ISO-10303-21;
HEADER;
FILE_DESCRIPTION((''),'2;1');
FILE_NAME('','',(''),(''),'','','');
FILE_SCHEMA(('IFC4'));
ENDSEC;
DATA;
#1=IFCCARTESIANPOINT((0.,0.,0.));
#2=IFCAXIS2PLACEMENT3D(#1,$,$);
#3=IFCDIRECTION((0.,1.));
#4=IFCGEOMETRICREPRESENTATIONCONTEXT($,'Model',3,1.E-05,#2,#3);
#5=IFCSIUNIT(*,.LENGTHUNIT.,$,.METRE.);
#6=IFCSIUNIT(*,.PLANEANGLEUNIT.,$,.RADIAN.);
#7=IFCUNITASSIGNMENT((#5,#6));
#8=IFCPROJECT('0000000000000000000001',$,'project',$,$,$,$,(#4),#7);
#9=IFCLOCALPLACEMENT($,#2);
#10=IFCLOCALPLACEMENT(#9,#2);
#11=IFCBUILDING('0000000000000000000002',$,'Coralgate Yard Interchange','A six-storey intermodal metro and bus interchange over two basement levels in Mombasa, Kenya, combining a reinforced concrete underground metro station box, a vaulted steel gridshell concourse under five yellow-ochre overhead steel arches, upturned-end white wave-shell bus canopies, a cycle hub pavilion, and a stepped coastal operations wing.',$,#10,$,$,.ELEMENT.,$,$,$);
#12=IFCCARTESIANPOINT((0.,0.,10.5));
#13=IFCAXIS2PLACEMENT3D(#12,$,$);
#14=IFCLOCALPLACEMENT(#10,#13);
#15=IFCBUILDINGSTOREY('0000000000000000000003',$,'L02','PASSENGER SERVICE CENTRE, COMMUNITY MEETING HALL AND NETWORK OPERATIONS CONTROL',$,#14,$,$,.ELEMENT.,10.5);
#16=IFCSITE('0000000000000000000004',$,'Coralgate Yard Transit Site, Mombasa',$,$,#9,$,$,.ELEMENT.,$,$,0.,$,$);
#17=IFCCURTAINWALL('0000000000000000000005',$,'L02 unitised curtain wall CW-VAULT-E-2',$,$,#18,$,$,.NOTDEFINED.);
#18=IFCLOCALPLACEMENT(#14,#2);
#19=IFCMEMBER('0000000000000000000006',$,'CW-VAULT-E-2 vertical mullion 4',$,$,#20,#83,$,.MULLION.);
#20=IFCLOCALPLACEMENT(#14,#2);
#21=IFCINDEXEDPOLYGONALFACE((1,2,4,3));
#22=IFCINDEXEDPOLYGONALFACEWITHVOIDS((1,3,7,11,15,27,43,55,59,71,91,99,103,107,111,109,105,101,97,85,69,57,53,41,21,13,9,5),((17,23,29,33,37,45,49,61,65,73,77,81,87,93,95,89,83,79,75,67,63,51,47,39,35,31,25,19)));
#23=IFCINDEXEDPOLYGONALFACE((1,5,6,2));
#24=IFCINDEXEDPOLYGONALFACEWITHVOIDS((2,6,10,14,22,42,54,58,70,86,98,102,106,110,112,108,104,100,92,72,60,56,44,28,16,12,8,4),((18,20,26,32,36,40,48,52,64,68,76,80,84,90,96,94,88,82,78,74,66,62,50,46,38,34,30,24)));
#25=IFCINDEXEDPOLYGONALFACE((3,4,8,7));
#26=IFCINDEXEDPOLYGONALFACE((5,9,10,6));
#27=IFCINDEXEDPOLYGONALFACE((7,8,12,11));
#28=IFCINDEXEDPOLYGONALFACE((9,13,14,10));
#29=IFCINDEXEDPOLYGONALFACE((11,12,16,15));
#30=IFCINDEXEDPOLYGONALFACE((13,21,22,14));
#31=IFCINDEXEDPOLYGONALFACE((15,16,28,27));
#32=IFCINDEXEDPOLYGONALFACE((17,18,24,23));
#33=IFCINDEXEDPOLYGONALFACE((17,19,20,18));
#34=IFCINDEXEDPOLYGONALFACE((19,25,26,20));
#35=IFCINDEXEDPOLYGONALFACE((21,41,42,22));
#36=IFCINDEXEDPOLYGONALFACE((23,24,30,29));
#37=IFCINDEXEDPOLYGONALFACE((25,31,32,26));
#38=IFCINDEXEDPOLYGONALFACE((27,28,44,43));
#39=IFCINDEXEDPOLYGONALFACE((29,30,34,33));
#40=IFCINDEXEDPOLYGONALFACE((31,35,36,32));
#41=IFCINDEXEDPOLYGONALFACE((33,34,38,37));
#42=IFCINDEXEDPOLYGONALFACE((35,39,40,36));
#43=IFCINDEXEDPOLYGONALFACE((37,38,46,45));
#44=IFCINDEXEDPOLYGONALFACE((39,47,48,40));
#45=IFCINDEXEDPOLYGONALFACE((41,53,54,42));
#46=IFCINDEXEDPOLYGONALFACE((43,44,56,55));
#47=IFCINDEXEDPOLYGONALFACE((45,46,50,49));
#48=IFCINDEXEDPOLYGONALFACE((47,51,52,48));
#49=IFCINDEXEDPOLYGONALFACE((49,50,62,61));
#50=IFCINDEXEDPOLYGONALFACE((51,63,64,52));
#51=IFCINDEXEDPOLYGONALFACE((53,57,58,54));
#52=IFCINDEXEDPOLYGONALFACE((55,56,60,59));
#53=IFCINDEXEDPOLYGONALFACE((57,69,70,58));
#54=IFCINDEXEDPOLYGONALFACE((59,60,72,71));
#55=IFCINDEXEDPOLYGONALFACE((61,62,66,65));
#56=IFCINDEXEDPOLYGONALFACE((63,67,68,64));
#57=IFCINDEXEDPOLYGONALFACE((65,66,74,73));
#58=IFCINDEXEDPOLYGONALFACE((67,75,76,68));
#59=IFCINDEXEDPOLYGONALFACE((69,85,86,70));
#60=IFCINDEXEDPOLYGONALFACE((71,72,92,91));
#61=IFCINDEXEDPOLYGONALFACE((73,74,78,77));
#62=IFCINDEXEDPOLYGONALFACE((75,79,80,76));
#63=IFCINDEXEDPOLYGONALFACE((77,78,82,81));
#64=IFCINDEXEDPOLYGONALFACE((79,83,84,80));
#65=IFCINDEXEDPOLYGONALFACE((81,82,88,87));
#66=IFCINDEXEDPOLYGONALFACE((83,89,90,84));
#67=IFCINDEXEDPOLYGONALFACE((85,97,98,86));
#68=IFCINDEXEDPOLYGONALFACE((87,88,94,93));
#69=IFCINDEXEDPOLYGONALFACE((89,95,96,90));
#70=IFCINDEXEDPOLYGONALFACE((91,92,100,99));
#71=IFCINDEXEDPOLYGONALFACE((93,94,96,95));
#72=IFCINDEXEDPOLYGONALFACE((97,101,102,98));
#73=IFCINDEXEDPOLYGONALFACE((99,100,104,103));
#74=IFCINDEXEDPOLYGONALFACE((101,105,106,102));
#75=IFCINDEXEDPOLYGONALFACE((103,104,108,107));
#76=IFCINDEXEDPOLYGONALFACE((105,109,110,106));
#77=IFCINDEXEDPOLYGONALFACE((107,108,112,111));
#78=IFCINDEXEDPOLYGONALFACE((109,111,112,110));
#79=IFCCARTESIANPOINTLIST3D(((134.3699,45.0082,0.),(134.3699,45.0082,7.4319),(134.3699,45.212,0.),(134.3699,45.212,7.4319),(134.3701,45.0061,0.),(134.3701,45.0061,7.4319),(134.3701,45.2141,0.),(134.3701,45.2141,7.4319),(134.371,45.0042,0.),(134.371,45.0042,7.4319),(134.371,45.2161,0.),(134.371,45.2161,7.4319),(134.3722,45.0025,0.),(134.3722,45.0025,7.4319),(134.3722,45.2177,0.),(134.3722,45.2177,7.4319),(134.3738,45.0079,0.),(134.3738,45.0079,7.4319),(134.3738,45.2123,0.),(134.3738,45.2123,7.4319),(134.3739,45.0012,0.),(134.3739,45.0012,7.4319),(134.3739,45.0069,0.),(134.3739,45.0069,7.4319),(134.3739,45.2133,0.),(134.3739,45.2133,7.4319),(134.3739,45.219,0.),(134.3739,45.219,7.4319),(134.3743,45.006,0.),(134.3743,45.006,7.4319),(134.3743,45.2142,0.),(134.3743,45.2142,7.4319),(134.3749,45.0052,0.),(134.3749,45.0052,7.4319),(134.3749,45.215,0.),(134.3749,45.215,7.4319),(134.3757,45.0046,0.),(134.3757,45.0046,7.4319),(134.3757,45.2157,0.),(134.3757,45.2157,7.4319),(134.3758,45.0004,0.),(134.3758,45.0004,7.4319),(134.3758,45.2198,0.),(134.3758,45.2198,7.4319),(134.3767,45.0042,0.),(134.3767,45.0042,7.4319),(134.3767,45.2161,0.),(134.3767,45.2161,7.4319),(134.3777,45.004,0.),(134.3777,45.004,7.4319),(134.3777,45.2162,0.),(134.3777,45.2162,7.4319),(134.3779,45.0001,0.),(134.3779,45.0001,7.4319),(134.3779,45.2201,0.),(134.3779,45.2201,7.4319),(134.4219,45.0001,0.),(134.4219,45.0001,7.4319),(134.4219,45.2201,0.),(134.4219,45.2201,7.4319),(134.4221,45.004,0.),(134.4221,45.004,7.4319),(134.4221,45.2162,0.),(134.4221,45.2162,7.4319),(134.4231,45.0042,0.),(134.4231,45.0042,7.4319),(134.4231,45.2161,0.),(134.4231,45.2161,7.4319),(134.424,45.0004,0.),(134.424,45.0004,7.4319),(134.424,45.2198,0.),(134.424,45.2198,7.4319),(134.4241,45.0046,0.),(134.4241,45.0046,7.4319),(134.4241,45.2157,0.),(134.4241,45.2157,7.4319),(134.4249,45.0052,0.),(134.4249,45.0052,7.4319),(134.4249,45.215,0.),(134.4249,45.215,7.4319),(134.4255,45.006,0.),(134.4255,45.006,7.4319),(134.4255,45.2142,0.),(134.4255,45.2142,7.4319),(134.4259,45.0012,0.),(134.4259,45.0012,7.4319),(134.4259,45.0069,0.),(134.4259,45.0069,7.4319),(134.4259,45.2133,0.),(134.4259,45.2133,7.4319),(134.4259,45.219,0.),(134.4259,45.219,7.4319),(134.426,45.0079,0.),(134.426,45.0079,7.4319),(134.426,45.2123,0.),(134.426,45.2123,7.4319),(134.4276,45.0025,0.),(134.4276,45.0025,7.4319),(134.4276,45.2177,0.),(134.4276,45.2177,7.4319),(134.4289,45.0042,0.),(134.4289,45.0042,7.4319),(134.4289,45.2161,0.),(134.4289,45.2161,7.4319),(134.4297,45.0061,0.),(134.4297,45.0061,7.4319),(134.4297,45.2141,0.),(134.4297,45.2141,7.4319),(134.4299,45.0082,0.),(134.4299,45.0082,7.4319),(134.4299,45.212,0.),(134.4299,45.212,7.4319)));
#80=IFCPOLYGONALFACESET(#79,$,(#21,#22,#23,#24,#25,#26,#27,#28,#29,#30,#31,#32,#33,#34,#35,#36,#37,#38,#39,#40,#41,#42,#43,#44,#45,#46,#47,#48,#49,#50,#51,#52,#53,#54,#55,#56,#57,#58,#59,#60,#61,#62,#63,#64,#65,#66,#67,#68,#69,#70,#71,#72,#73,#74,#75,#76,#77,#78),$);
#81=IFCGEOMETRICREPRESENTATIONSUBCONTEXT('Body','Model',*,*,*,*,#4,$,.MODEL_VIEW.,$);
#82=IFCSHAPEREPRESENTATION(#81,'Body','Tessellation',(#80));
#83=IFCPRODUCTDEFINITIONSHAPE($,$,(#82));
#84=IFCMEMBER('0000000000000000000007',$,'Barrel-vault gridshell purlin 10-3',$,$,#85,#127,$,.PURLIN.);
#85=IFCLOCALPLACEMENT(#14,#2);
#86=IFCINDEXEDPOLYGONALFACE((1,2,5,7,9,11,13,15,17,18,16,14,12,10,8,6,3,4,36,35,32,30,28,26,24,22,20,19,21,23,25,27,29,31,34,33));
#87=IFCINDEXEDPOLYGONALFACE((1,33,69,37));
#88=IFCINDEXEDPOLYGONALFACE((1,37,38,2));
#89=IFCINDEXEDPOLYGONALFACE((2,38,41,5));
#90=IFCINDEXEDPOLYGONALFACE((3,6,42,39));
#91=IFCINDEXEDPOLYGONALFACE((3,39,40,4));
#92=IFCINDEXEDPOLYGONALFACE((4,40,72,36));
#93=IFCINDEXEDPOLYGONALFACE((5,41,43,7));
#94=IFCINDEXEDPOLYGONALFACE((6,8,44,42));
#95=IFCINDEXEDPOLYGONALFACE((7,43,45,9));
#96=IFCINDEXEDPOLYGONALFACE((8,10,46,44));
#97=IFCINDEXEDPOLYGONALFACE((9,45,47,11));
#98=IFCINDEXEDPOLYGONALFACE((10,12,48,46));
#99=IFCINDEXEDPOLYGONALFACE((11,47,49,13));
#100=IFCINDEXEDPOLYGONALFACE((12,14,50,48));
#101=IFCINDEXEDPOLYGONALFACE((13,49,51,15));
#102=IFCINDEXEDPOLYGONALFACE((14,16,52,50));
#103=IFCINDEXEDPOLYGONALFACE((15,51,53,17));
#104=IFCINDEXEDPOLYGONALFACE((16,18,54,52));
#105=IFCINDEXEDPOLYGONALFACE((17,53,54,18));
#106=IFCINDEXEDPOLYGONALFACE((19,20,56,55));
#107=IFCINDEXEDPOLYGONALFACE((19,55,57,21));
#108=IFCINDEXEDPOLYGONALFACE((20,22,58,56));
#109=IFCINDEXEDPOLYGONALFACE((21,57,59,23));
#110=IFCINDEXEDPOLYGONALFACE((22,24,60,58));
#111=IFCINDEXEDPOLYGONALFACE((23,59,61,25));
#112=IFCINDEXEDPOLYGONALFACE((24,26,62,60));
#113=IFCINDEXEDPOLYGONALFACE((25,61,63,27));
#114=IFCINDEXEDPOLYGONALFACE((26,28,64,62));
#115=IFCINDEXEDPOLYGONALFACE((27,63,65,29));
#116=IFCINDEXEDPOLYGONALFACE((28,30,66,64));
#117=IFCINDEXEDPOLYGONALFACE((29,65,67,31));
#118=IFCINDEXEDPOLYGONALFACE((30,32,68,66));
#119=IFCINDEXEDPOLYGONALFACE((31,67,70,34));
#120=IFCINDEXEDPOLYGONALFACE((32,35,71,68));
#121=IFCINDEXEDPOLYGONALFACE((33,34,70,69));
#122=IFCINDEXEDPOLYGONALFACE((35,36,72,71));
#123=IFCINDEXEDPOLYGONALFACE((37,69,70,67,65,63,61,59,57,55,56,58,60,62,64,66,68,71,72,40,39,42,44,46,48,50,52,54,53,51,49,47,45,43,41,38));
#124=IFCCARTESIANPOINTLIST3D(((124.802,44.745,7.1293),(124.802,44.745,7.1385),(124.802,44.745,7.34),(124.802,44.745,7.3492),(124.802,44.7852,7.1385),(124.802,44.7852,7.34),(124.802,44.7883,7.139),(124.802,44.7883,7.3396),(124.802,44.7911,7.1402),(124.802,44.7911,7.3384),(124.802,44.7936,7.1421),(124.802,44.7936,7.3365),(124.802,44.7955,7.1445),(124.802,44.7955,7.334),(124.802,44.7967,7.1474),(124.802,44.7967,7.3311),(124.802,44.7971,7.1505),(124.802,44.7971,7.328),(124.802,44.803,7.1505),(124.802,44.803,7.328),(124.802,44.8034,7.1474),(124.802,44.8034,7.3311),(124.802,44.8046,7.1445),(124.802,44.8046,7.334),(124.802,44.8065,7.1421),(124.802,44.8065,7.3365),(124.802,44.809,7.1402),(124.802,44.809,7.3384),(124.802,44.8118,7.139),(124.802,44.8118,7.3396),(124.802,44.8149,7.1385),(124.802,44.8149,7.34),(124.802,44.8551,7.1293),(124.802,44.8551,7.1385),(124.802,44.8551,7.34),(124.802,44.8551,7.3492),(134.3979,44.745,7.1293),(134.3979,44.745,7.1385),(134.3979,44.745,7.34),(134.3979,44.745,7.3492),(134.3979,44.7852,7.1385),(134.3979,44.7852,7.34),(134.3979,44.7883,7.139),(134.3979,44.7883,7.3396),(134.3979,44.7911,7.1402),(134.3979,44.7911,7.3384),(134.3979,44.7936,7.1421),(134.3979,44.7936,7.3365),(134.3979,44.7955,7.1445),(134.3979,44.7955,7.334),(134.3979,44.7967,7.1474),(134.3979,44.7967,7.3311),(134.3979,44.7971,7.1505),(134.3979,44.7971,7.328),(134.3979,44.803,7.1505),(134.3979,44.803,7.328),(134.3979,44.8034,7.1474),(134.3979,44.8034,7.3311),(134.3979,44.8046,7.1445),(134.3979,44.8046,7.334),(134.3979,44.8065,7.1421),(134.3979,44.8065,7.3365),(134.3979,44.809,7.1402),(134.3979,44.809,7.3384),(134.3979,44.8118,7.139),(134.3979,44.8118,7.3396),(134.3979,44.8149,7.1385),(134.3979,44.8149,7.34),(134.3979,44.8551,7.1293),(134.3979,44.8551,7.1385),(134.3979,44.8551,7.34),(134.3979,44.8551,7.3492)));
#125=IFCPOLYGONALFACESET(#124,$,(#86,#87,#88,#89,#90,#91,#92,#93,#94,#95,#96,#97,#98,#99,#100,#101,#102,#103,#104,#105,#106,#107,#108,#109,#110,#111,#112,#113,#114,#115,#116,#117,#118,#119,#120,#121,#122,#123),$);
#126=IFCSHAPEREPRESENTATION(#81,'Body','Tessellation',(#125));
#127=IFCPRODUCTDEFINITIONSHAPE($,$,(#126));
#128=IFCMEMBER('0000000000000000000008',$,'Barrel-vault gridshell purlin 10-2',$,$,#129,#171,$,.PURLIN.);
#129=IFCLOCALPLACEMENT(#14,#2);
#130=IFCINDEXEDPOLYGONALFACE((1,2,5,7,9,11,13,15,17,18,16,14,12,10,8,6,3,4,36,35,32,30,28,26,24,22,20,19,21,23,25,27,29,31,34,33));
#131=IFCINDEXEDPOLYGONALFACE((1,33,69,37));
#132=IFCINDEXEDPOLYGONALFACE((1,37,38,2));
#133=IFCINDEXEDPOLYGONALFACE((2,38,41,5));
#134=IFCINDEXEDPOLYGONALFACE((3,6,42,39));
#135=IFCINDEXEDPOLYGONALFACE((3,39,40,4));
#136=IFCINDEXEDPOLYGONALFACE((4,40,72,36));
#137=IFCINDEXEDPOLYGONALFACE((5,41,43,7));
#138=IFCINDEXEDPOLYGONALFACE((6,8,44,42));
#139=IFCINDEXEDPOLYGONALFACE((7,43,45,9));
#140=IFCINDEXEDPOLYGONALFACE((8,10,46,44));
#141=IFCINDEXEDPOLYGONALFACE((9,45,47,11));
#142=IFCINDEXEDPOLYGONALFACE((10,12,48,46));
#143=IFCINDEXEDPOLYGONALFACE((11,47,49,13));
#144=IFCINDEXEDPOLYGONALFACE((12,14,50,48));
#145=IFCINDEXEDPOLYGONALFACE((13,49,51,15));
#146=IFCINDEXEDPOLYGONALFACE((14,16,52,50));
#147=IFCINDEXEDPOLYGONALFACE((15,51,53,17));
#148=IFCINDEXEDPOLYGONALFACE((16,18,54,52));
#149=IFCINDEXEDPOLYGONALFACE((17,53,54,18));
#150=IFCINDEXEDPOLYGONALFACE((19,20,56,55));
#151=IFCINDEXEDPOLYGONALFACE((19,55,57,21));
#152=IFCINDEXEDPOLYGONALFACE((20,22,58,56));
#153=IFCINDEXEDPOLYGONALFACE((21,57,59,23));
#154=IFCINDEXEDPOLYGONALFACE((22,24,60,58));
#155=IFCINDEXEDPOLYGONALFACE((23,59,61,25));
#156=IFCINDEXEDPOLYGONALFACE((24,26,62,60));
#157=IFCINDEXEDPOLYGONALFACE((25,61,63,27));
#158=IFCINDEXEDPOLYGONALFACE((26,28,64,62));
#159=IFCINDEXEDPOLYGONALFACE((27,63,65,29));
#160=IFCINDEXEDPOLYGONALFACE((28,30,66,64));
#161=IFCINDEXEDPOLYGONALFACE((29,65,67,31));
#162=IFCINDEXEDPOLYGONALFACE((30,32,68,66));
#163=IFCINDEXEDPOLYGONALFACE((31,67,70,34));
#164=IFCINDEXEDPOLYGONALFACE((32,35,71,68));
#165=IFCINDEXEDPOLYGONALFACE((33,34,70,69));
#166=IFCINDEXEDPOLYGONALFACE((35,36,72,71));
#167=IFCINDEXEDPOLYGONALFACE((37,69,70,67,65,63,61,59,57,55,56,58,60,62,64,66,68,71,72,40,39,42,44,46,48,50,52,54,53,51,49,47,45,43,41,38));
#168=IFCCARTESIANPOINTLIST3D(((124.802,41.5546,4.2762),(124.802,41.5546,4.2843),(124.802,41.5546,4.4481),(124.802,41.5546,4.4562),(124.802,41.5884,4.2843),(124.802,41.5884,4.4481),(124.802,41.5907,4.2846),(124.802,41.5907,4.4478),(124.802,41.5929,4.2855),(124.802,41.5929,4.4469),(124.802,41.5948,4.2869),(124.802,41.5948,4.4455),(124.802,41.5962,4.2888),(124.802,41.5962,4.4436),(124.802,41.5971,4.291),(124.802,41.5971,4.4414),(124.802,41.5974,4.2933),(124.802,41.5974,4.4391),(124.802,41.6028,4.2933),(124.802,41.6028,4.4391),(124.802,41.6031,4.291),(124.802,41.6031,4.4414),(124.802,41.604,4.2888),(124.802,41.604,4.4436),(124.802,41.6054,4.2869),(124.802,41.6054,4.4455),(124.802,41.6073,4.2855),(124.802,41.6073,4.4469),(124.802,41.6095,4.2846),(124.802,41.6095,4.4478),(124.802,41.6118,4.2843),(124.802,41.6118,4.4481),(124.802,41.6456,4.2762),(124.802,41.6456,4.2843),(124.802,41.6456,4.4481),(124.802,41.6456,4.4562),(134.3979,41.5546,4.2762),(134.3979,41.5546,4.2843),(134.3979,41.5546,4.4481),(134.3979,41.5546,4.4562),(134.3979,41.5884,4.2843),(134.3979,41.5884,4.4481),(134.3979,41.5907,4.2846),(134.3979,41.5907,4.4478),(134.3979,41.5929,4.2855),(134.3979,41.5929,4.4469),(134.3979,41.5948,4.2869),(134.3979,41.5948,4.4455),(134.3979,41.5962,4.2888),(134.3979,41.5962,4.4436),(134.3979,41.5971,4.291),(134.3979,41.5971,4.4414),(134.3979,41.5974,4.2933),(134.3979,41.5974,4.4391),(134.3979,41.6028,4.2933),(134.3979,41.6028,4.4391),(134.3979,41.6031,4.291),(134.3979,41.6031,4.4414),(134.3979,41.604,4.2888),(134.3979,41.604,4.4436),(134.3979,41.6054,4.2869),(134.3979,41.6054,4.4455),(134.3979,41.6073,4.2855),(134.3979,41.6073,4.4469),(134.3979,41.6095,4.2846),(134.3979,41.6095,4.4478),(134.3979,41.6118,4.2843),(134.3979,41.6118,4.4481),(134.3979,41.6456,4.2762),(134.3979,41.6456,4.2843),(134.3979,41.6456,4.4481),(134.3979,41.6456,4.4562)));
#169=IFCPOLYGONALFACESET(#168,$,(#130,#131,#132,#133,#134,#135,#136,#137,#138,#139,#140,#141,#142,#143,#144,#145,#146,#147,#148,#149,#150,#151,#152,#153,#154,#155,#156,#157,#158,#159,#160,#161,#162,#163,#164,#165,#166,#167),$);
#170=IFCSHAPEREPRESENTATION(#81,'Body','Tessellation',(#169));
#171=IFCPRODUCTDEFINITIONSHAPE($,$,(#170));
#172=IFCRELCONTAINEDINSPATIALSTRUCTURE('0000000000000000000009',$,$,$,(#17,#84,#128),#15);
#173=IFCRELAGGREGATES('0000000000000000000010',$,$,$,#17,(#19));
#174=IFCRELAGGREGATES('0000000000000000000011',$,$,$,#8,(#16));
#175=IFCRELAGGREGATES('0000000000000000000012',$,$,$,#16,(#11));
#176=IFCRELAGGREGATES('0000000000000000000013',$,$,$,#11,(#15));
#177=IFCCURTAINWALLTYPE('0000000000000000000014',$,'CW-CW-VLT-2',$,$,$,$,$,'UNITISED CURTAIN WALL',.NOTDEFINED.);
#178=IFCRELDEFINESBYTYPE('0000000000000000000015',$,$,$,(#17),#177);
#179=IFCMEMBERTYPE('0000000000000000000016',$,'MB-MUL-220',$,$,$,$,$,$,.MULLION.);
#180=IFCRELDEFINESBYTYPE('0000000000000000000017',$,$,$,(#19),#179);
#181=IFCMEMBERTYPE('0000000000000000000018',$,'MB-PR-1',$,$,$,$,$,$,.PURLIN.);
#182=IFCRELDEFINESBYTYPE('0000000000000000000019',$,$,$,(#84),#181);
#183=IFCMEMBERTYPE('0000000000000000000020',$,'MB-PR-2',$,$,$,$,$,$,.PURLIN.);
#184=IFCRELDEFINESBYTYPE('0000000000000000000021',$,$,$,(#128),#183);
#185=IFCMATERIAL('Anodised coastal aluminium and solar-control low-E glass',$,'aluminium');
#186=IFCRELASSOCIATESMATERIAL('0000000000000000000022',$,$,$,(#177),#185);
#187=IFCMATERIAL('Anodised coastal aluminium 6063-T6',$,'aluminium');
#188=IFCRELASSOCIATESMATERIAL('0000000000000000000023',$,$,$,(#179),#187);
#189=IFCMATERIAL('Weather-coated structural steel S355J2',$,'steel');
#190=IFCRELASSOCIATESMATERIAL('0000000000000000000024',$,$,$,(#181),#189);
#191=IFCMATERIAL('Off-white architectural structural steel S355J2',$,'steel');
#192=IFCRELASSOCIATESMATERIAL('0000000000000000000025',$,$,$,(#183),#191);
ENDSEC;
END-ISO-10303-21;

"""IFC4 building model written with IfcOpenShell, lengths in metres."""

from ifc_helpers import new_model, si_unit, direction, frame, origin, origin_2d, place, context, subcontext, project, spatial, hollow_rectangle, i_section, extrude, material, material_profile, profile_set, type_object, element, aggregate, save


model = new_model("IFC4")

# Units and contexts
model_context = context("Model", 3, precision=1e-05, world=origin(), true_north=direction((0.0, 1.0)))
body_context = subcontext(model_context, "Body", "Model", "MODEL_VIEW")
ifc_project = project(units=[si_unit("LENGTHUNIT", "METRE"), si_unit("PLANEANGLEUNIT", "RADIAN")], contexts=[model_context])

# Site, building, storey
site_placement = place(None, origin())
site = spatial("IfcSite", under=ifc_project, at=site_placement, Name="Coralgate Yard Transit Site, Mombasa", CompositionType="ELEMENT", RefElevation=0.0)
building_placement = place(site_placement, origin())
building = spatial("IfcBuilding", under=site, at=building_placement, Name="Coralgate Yard Interchange", Description="A six-storey intermodal metro and bus interchange over two basement levels in Mombasa, Kenya, combining a reinforced concrete underground metro station box, a vaulted steel gridshell concourse under five yellow-ochre overhead steel arches, upturned-end white wave-shell bus canopies, a cycle hub pavilion, and a stepped coastal operations wing.", CompositionType="ELEMENT")
storey_placement = place(building_placement, frame((0.0, 0.0, 10.5)))
storey = spatial("IfcBuildingStorey", under=building, at=storey_placement, Name="L02", Description="PASSENGER SERVICE CENTRE, COMMUNITY MEETING HALL AND NETWORK OPERATIONS CONTROL", CompositionType="ELEMENT", Elevation=10.5)

# Shared definitions
ifc_material_1 = material(Name="Weather-coated structural steel S355J2", Category="steel")

# Curtain wall, member
ifc_material_2 = material(Name="Anodised coastal aluminium and solar-control low-E glass", Category="aluminium")
curtain_wall_type = type_object("IfcCurtainWallType", Name="CW-CW-VLT-2", ElementType="UNITISED CURTAIN WALL", PredefinedType="NOTDEFINED", material=ifc_material_2)
curtain_wall_placement = place(storey_placement, origin())
curtain_wall = element("IfcCurtainWall", 1, at=curtain_wall_placement, inside=storey, type_object=curtain_wall_type, Name="L02 unitised curtain wall CW-VAULT-E-2", PredefinedType="NOTDEFINED")
ifc_material_3 = material(Name="Anodised coastal aluminium 6063-T6", Category="aluminium")
ifc_material_profile_1 = material_profile(ifc_material_3, hollow_rectangle(XDim=0.0601, YDim=0.22, WallThickness=0.0039, InnerFilletRadius=0.0039, OuterFilletRadius=0.0081, at=origin_2d()), Name="ALU 60x220x4")
ifc_profile_set_1 = profile_set([ifc_material_profile_1], Name="Anodised coastal aluminium 6063-T6")
member_type_1 = type_object("IfcMemberType", Name="MB-MUL-220", PredefinedType="MULLION", material=ifc_profile_set_1)
member_1_placement = place(storey_placement, frame((134.3999, 45.1101, 0.0), z_axis=(0.0, 0.0, 1.0), x_axis=(1.0, 0.0, 0.0)))
member_1 = element("IfcMember", 2, at=member_1_placement, type_object=member_type_1, Name="CW-VAULT-E-2 vertical mullion 4", PredefinedType="MULLION", context=body_context, shape_type="SweptSolid", body=[
    extrude(hollow_rectangle(XDim=0.0601, YDim=0.22, WallThickness=0.0039, InnerFilletRadius=0.0039, OuterFilletRadius=0.0081, at=origin_2d()), origin(), (0.0, 0.0, 1.0), 7.4319),
])

# Members
ifc_material_profile_2 = material_profile(ifc_material_1, i_section(OverallWidth=0.1101, OverallDepth=0.22, WebThickness=0.0059, FlangeThickness=0.0093, FilletRadius=0.012, at=origin_2d()), Name="IPE 220")
ifc_profile_set_2 = profile_set([ifc_material_profile_2], Name="Weather-coated structural steel S355J2")
member_type_2 = type_object("IfcMemberType", Name="MB-PR-1", PredefinedType="PURLIN", material=ifc_profile_set_2)
member_2_placement = place(storey_placement, frame((124.802, 44.8, 7.2393), z_axis=(1.0, 0.0, 0.0), x_axis=(0.0, 1.0, 0.0)))
element("IfcMember", 3, at=member_2_placement, inside=storey, type_object=member_type_2, Name="Barrel-vault gridshell purlin 10-3", PredefinedType="PURLIN", context=body_context, shape_type="SweptSolid", body=[
    extrude(i_section(OverallWidth=0.1101, OverallDepth=0.22, WebThickness=0.0059, FlangeThickness=0.0093, FilletRadius=0.012, at=origin_2d()), origin(), (0.0, 0.0, 1.0), 9.5959),
])
ifc_material_4 = material(Name="Off-white architectural structural steel S355J2", Category="steel")
ifc_material_profile_3 = material_profile(ifc_material_4, i_section(OverallWidth=0.0911, OverallDepth=0.1799, WebThickness=0.0054, FlangeThickness=0.0081, FilletRadius=0.009, at=origin_2d()), Name="IPE 180")
ifc_profile_set_3 = profile_set([ifc_material_profile_3], Name="Off-white architectural structural steel S355J2")
member_type_3 = type_object("IfcMemberType", Name="MB-PR-2", PredefinedType="PURLIN", material=ifc_profile_set_3)
member_3_placement = place(storey_placement, frame((124.802, 41.6001, 4.3662), z_axis=(1.0, 0.0, 0.0), x_axis=(0.0, 1.0, 0.0)))
element("IfcMember", 4, at=member_3_placement, inside=storey, type_object=member_type_3, Name="Barrel-vault gridshell purlin 10-2", PredefinedType="PURLIN", context=body_context, shape_type="SweptSolid", body=[
    extrude(i_section(OverallWidth=0.0911, OverallDepth=0.1799, WebThickness=0.0054, FlangeThickness=0.0081, FilletRadius=0.009, at=origin_2d()), origin(), (0.0, 0.0, 1.0), 9.5959),
])

aggregate(curtain_wall, [member_1])

save(model, "model.ifc")
